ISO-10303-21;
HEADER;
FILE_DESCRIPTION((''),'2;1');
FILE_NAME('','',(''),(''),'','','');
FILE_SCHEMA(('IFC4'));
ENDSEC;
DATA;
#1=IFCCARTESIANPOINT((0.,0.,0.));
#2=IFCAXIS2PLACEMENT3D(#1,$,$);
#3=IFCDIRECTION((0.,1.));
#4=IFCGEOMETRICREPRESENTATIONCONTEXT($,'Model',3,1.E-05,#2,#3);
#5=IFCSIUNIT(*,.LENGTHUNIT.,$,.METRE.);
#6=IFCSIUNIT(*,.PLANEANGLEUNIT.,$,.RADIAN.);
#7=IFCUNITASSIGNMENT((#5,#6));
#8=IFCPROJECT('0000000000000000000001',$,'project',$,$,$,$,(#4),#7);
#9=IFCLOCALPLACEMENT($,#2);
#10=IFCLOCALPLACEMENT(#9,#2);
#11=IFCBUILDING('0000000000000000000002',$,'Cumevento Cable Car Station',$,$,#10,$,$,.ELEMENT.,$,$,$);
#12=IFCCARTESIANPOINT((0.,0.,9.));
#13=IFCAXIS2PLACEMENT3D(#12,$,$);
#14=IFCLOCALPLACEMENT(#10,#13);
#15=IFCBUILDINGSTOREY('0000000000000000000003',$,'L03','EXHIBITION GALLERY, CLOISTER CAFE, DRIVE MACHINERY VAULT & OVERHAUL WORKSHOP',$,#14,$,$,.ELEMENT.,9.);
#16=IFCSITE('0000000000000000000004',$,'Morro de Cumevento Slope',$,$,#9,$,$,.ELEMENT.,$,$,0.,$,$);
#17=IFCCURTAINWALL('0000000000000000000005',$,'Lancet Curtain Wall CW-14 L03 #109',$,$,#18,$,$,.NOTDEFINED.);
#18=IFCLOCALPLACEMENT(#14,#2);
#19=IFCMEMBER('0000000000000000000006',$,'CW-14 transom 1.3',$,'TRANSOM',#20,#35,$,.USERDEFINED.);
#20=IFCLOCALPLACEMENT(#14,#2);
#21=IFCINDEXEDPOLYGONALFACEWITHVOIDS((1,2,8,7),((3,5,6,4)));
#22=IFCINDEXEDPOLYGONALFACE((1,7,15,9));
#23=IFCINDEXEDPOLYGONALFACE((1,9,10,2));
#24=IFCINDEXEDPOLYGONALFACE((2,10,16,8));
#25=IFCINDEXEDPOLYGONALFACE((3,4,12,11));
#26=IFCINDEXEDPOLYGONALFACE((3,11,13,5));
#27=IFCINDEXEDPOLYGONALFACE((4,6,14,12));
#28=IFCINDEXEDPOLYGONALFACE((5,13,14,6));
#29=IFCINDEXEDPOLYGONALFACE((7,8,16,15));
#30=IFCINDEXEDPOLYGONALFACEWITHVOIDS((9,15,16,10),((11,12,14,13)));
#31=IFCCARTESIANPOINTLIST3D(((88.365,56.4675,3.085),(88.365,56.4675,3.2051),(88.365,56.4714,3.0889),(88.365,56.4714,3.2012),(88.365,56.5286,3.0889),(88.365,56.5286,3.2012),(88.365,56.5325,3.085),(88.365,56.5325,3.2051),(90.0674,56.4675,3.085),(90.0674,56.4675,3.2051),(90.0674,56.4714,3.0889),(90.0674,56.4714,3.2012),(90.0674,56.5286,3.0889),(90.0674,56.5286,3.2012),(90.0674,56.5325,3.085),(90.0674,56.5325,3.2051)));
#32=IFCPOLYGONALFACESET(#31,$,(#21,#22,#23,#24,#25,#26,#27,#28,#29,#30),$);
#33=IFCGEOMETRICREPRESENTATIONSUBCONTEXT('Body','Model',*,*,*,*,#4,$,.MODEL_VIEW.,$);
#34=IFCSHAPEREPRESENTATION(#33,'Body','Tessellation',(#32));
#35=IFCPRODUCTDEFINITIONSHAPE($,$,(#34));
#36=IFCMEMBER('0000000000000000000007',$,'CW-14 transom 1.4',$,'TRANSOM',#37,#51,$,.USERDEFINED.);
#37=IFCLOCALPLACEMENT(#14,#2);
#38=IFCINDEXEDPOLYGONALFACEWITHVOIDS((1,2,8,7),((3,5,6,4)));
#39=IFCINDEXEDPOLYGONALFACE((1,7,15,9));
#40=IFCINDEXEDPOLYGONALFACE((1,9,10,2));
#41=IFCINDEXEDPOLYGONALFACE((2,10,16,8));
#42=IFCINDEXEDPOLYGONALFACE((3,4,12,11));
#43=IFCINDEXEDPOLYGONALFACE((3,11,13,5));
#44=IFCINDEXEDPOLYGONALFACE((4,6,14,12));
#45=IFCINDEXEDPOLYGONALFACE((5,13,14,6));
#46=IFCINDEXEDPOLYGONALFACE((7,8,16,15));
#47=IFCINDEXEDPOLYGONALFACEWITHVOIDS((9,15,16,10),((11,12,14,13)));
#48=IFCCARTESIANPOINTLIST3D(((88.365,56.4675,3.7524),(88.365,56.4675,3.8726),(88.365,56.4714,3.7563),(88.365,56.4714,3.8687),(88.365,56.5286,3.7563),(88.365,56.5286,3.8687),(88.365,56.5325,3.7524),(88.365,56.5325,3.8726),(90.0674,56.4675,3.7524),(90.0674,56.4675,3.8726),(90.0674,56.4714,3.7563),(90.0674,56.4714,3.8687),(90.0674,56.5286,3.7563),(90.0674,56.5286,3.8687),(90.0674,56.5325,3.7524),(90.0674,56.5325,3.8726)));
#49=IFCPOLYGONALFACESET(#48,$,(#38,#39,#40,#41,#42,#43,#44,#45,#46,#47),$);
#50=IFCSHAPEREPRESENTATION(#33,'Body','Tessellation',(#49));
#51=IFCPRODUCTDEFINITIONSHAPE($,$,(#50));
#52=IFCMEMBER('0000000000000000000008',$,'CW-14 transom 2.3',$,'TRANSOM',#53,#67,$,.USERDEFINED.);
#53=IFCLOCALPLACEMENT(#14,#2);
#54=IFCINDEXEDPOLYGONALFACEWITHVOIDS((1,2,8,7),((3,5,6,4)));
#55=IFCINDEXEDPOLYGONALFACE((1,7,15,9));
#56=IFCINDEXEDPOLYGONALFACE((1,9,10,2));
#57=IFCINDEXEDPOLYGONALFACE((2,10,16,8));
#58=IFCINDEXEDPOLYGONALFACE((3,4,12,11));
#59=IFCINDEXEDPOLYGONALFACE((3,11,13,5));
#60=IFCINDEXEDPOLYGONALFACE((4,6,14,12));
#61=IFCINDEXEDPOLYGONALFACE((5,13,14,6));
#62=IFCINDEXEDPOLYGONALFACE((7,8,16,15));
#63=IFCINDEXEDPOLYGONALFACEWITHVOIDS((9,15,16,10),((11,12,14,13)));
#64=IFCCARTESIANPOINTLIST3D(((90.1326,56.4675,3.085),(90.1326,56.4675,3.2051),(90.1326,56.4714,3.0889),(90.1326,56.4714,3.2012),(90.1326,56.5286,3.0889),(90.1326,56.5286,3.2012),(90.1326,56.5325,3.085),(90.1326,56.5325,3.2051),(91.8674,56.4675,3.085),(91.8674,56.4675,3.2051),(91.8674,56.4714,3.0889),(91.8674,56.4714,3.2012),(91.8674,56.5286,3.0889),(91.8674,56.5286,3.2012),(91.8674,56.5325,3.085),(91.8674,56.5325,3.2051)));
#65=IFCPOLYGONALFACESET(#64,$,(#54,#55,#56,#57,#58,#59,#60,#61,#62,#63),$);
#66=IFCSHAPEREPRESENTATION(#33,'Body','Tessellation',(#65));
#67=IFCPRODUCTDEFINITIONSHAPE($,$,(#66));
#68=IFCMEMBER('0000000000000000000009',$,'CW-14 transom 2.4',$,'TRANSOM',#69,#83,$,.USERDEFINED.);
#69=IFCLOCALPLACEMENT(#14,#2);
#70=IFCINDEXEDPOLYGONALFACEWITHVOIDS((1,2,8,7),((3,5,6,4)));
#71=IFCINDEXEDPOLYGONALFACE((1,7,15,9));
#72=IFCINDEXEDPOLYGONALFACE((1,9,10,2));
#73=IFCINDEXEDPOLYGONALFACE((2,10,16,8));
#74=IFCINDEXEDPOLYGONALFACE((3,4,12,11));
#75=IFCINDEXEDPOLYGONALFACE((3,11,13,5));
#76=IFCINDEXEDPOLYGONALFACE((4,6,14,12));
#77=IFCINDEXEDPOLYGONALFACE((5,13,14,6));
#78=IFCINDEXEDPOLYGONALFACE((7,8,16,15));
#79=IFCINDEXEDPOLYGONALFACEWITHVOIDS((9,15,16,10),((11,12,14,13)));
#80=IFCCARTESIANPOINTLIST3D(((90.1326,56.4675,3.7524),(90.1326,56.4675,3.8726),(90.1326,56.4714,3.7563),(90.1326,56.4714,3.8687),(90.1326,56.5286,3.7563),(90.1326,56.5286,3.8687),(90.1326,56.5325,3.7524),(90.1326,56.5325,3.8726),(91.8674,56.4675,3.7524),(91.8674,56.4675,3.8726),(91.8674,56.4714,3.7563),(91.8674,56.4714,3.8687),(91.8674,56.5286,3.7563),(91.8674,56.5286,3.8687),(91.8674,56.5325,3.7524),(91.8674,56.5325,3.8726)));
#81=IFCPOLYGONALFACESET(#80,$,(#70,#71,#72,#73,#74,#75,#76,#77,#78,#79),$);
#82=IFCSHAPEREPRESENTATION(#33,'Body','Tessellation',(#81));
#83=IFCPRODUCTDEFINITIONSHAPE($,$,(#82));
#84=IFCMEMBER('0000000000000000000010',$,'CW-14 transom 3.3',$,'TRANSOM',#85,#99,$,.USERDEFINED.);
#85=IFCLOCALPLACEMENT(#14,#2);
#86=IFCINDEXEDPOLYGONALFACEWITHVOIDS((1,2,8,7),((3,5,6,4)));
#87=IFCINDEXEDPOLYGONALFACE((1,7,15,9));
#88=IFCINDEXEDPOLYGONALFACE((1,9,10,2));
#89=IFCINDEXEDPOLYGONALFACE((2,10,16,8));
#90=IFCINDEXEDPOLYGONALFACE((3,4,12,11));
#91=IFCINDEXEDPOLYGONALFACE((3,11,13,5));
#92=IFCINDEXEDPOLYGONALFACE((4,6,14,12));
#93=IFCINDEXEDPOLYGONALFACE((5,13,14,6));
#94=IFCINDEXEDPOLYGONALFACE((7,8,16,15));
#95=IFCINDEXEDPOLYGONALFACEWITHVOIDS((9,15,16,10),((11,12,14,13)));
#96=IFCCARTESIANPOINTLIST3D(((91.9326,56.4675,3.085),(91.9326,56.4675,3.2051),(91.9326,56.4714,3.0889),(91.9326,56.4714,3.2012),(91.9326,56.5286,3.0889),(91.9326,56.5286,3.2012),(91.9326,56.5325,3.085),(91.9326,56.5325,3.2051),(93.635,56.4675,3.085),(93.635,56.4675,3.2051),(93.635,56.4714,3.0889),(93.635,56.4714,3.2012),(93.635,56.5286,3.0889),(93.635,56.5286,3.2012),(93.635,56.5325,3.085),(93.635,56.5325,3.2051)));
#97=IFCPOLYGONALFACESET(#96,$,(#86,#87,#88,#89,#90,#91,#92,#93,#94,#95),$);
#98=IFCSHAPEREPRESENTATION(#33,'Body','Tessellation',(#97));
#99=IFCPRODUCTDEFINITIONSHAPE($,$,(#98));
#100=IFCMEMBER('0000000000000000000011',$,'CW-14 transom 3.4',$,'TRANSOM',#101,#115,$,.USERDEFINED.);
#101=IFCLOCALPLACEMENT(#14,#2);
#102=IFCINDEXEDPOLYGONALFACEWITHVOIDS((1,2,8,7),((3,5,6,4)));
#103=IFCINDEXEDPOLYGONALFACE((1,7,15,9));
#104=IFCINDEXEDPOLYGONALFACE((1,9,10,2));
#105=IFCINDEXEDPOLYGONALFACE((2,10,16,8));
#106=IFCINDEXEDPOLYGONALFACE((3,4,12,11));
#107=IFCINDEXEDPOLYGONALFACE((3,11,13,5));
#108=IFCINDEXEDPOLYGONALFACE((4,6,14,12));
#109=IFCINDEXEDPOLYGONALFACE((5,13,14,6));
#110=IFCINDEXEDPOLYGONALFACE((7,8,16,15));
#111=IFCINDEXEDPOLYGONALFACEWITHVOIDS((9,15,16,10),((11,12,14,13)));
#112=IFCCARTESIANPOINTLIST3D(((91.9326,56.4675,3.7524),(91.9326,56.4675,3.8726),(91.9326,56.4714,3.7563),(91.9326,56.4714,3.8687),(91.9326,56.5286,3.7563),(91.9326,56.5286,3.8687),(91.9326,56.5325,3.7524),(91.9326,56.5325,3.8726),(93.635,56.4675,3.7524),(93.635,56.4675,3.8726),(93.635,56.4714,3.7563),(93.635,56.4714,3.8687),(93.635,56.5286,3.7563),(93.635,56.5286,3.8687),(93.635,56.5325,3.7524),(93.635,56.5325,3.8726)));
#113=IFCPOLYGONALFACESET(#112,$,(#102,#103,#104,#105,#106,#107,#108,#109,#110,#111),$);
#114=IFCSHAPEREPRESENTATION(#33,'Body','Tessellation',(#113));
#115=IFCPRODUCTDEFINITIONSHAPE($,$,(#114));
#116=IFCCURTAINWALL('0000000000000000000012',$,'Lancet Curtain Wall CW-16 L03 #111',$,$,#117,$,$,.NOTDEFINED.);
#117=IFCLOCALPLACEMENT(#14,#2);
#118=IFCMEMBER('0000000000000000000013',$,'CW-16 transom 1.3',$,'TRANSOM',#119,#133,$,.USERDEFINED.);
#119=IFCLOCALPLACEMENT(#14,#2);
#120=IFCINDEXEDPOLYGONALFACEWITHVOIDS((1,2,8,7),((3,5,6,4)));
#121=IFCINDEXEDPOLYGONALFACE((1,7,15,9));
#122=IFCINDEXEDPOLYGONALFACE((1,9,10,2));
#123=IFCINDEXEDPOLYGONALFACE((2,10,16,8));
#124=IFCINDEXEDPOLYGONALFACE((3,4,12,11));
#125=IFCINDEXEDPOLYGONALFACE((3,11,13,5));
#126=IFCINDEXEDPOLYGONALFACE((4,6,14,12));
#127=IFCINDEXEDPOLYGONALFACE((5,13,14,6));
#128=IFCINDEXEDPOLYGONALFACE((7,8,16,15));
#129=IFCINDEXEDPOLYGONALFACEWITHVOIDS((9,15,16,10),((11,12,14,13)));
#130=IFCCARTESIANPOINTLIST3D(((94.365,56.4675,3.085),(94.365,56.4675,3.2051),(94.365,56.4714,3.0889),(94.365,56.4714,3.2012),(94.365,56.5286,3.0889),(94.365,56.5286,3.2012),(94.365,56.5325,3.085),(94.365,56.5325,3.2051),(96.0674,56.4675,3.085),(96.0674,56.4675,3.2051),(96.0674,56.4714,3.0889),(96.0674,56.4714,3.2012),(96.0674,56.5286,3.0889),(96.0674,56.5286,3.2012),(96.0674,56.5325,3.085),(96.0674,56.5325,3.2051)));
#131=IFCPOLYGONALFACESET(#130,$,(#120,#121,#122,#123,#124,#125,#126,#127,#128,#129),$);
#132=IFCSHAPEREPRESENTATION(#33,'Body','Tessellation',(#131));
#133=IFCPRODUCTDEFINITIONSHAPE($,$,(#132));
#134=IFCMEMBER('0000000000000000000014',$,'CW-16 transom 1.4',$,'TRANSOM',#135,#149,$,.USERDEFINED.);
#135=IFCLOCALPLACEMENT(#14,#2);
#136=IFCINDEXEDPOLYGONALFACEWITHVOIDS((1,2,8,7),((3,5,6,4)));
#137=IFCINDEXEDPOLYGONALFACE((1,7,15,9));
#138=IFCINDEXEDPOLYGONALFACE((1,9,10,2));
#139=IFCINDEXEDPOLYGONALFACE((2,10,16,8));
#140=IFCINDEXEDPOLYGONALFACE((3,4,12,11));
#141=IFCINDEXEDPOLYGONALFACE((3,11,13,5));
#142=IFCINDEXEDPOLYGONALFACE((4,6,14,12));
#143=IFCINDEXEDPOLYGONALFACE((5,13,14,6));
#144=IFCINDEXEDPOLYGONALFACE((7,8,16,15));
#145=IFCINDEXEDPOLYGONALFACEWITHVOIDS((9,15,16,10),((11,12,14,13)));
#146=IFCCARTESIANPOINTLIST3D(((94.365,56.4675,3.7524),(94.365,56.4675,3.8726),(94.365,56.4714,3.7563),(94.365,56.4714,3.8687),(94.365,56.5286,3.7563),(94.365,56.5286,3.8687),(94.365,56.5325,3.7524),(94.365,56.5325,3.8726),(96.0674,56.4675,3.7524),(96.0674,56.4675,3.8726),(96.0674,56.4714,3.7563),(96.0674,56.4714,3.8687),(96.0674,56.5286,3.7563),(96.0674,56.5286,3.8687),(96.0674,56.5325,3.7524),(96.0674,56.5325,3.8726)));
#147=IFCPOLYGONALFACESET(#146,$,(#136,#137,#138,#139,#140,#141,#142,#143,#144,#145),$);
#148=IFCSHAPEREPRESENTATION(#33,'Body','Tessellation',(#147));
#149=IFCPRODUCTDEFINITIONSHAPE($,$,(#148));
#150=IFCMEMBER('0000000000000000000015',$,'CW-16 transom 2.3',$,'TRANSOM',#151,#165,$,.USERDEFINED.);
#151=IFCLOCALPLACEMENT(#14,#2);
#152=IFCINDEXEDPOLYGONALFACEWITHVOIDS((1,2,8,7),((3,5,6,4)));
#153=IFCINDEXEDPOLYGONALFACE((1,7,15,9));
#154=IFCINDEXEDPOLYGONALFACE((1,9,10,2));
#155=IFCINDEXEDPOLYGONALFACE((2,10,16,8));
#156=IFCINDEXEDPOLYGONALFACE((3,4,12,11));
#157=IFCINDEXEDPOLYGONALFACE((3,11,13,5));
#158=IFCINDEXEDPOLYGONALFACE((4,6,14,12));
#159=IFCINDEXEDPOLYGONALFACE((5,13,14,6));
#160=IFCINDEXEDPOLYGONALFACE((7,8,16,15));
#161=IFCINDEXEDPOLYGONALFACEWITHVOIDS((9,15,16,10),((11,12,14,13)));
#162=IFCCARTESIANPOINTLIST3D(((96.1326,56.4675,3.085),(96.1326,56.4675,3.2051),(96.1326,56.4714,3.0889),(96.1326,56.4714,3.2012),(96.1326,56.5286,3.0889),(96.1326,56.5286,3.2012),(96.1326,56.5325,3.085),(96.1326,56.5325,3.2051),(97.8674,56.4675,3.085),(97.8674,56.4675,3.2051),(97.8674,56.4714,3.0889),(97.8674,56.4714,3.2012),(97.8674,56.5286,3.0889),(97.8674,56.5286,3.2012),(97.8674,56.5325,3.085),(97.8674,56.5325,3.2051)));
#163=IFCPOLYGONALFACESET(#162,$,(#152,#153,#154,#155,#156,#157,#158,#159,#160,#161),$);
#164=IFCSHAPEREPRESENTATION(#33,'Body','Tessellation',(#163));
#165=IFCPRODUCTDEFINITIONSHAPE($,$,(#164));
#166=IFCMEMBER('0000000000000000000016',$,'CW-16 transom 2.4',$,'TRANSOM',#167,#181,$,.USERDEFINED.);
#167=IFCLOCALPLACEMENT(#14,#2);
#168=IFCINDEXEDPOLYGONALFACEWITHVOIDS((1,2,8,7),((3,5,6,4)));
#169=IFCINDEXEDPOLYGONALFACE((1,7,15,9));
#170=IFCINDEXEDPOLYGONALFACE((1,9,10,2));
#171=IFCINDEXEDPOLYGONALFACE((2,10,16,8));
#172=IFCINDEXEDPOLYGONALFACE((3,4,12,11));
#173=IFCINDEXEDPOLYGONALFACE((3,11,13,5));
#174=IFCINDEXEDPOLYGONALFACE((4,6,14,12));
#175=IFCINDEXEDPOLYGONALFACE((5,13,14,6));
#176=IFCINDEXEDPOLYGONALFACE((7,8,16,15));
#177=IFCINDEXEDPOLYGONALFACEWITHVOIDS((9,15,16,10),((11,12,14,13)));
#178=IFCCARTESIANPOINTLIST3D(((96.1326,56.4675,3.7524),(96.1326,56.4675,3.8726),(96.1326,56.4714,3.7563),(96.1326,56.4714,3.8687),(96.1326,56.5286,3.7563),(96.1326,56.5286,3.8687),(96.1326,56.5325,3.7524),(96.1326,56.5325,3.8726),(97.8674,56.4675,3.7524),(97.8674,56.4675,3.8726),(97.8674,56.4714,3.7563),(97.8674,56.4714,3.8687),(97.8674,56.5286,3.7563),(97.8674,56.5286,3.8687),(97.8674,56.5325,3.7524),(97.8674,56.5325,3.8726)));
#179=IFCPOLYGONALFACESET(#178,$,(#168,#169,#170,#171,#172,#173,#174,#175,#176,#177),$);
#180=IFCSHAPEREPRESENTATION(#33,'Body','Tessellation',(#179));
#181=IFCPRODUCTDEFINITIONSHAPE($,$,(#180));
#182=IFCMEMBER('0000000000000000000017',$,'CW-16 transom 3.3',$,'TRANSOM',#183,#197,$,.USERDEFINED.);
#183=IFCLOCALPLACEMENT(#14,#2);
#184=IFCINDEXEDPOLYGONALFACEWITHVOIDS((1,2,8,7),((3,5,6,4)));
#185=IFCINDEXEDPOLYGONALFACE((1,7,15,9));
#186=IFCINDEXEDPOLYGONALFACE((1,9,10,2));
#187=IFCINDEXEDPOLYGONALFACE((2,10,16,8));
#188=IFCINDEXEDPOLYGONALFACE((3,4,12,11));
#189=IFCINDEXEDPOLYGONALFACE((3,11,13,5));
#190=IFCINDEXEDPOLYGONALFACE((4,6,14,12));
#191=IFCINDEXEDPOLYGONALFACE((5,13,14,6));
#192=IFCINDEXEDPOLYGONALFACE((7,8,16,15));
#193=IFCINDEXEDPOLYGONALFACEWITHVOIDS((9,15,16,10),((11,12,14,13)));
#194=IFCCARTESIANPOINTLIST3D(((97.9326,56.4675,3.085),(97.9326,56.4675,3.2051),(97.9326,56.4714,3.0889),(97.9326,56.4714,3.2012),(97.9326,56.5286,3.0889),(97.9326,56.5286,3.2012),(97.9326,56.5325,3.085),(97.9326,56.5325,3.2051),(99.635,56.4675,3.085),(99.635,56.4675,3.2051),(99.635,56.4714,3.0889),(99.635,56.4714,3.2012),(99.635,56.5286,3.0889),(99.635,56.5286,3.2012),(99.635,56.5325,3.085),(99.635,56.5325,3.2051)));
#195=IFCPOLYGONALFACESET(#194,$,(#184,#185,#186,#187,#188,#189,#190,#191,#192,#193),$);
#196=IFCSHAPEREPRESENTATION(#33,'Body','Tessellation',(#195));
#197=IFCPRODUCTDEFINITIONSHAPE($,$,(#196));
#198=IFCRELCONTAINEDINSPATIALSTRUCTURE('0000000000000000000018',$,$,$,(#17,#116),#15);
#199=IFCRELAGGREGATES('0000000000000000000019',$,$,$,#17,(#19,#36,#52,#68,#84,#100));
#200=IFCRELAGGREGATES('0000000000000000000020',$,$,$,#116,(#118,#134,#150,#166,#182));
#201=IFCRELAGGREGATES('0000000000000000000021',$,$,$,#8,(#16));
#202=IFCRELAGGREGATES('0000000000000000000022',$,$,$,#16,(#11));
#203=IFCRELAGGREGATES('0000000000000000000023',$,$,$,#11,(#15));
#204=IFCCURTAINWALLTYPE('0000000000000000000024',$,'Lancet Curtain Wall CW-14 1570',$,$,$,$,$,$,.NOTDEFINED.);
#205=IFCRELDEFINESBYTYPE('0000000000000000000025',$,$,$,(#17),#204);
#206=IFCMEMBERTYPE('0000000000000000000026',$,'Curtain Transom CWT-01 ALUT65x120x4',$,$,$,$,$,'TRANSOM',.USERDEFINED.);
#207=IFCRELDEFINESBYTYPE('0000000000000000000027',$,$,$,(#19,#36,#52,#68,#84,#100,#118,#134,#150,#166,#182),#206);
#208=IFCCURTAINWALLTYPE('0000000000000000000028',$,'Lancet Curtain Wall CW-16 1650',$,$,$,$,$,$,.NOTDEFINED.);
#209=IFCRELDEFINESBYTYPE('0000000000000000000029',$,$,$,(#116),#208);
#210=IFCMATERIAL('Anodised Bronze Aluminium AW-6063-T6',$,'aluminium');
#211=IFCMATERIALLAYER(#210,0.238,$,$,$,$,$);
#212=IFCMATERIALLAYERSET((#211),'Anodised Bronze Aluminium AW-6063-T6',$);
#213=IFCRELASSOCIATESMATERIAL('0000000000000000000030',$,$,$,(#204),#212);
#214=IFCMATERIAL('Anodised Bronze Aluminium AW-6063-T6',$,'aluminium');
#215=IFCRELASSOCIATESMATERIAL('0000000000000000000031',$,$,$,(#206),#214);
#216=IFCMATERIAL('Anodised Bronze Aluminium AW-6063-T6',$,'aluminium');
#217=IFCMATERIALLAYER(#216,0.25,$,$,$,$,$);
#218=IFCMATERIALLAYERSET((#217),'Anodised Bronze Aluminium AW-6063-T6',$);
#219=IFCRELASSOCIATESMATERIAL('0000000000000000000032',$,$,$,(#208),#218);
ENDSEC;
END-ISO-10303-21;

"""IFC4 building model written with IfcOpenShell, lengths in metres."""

from ifc_helpers import new_model, si_unit, direction, frame, origin, origin_2d, place, context, subcontext, project, spatial, hollow_rectangle, extrude, material, layer, layer_set, material_profile, profile_set, type_object, element, aggregate, save


model = new_model("IFC4")

# Units and contexts
model_context = context("Model", 3, precision=1e-05, world=origin(), true_north=direction((0.0, 1.0)))
body_context = subcontext(model_context, "Body", "Model", "MODEL_VIEW")
ifc_project = project(units=[si_unit("LENGTHUNIT", "METRE"), si_unit("PLANEANGLEUNIT", "RADIAN")], contexts=[model_context])

# Site, building, storey
site_placement = place(None, origin())
site = spatial("IfcSite", under=ifc_project, at=site_placement, Name="Morro de Cumevento Slope", CompositionType="ELEMENT", RefElevation=0.0)
building_placement = place(site_placement, origin())
building = spatial("IfcBuilding", under=site, at=building_placement, Name="Cumevento Cable Car Station", CompositionType="ELEMENT")
storey_placement = place(building_placement, frame((0.0, 0.0, 9.0)))
storey = spatial("IfcBuildingStorey", under=building, at=storey_placement, Name="L03", Description="EXHIBITION GALLERY, CLOISTER CAFE, DRIVE MACHINERY VAULT & OVERHAUL WORKSHOP", CompositionType="ELEMENT", Elevation=9.0)

# Curtain walls, members
ifc_material_1 = material(Name="Anodised Bronze Aluminium AW-6063-T6", Category="aluminium")
ifc_layer_1 = layer(ifc_material_1, 0.238)
ifc_layer_set_1 = layer_set([ifc_layer_1], Name="Anodised Bronze Aluminium AW-6063-T6")
curtain_wall_type_1 = type_object("IfcCurtainWallType", Name="Lancet Curtain Wall CW-14 1570", PredefinedType="NOTDEFINED", material=ifc_layer_set_1)
curtain_wall_1_placement = place(storey_placement, origin())
curtain_wall_1 = element("IfcCurtainWall", 1, at=curtain_wall_1_placement, inside=storey, type_object=curtain_wall_type_1, Name="Lancet Curtain Wall CW-14 L03 #109", PredefinedType="NOTDEFINED")
ifc_material_2 = material(Name="Anodised Bronze Aluminium AW-6063-T6", Category="aluminium")
ifc_material_profile_1 = material_profile(ifc_material_2, hollow_rectangle(XDim=0.0649, YDim=0.1201, WallThickness=0.0039, at=origin_2d()), Name="ALUT65x120x4")
ifc_profile_set_1 = profile_set([ifc_material_profile_1], Name="Anodised Bronze Aluminium AW-6063-T6")
member_type = type_object("IfcMemberType", Name="Curtain Transom CWT-01 ALUT65x120x4", ElementType="TRANSOM", PredefinedType="USERDEFINED", material=ifc_profile_set_1)
member_1_placement = place(storey_placement, frame((88.365, 56.5, 3.145), z_axis=(1.0, 0.0, 0.0), x_axis=(0.0, 1.0, 0.0)))
member_1 = element("IfcMember", 2, at=member_1_placement, type_object=member_type, Name="CW-14 transom 1.3", ObjectType="TRANSOM", PredefinedType="USERDEFINED", context=body_context, shape_type="SweptSolid", body=[
    extrude(hollow_rectangle(XDim=0.0649, YDim=0.1201, WallThickness=0.0039, at=origin_2d()), origin(), (0.0, 0.0, 1.0), 1.7024),
])
member_2_placement = place(storey_placement, frame((88.365, 56.5, 3.8125), z_axis=(1.0, 0.0, 0.0), x_axis=(0.0, 1.0, 0.0)))
member_2 = element("IfcMember", 3, at=member_2_placement, type_object=member_type, Name="CW-14 transom 1.4", ObjectType="TRANSOM", PredefinedType="USERDEFINED", context=body_context, shape_type="SweptSolid", body=[
    extrude(hollow_rectangle(XDim=0.0649, YDim=0.1201, WallThickness=0.0039, at=origin_2d()), origin(), (0.0, 0.0, 1.0), 1.7024),
])
member_3_placement = place(storey_placement, frame((90.1326, 56.5, 3.145), z_axis=(1.0, 0.0, 0.0), x_axis=(0.0, 1.0, 0.0)))
member_3 = element("IfcMember", 4, at=member_3_placement, type_object=member_type, Name="CW-14 transom 2.3", ObjectType="TRANSOM", PredefinedType="USERDEFINED", context=body_context, shape_type="SweptSolid", body=[
    extrude(hollow_rectangle(XDim=0.0649, YDim=0.1201, WallThickness=0.0039, at=origin_2d()), origin(), (0.0, 0.0, 1.0), 1.7349),
])
member_4_placement = place(storey_placement, frame((90.1326, 56.5, 3.8125), z_axis=(1.0, 0.0, 0.0), x_axis=(0.0, 1.0, 0.0)))
member_4 = element("IfcMember", 5, at=member_4_placement, type_object=member_type, Name="CW-14 transom 2.4", ObjectType="TRANSOM", PredefinedType="USERDEFINED", context=body_context, shape_type="SweptSolid", body=[
    extrude(hollow_rectangle(XDim=0.0649, YDim=0.1201, WallThickness=0.0039, at=origin_2d()), origin(), (0.0, 0.0, 1.0), 1.7349),
])
member_5_placement = place(storey_placement, frame((91.9326, 56.5, 3.145), z_axis=(1.0, 0.0, 0.0), x_axis=(0.0, 1.0, 0.0)))
member_5 = element("IfcMember", 6, at=member_5_placement, type_object=member_type, Name="CW-14 transom 3.3", ObjectType="TRANSOM", PredefinedType="USERDEFINED", context=body_context, shape_type="SweptSolid", body=[
    extrude(hollow_rectangle(XDim=0.0649, YDim=0.1201, WallThickness=0.0039, at=origin_2d()), origin(), (0.0, 0.0, 1.0), 1.7024),
])
member_6_placement = place(storey_placement, frame((91.9326, 56.5, 3.8125), z_axis=(1.0, 0.0, 0.0), x_axis=(0.0, 1.0, 0.0)))
member_6 = element("IfcMember", 7, at=member_6_placement, type_object=member_type, Name="CW-14 transom 3.4", ObjectType="TRANSOM", PredefinedType="USERDEFINED", context=body_context, shape_type="SweptSolid", body=[
    extrude(hollow_rectangle(XDim=0.0649, YDim=0.1201, WallThickness=0.0039, at=origin_2d()), origin(), (0.0, 0.0, 1.0), 1.7024),
])
ifc_material_3 = material(Name="Anodised Bronze Aluminium AW-6063-T6", Category="aluminium")
ifc_layer_2 = layer(ifc_material_3, 0.25)
ifc_layer_set_2 = layer_set([ifc_layer_2], Name="Anodised Bronze Aluminium AW-6063-T6")
curtain_wall_type_2 = type_object("IfcCurtainWallType", Name="Lancet Curtain Wall CW-16 1650", PredefinedType="NOTDEFINED", material=ifc_layer_set_2)
curtain_wall_2_placement = place(storey_placement, origin())
curtain_wall_2 = element("IfcCurtainWall", 8, at=curtain_wall_2_placement, inside=storey, type_object=curtain_wall_type_2, Name="Lancet Curtain Wall CW-16 L03 #111", PredefinedType="NOTDEFINED")
member_7_placement = place(storey_placement, frame((94.365, 56.5, 3.145), z_axis=(1.0, 0.0, 0.0), x_axis=(0.0, 1.0, 0.0)))
member_7 = element("IfcMember", 9, at=member_7_placement, type_object=member_type, Name="CW-16 transom 1.3", ObjectType="TRANSOM", PredefinedType="USERDEFINED", context=body_context, shape_type="SweptSolid", body=[
    extrude(hollow_rectangle(XDim=0.0649, YDim=0.1201, WallThickness=0.0039, at=origin_2d()), origin(), (0.0, 0.0, 1.0), 1.7024),
])
member_8_placement = place(storey_placement, frame((94.365, 56.5, 3.8125), z_axis=(1.0, 0.0, 0.0), x_axis=(0.0, 1.0, 0.0)))
member_8 = element("IfcMember", 10, at=member_8_placement, type_object=member_type, Name="CW-16 transom 1.4", ObjectType="TRANSOM", PredefinedType="USERDEFINED", context=body_context, shape_type="SweptSolid", body=[
    extrude(hollow_rectangle(XDim=0.0649, YDim=0.1201, WallThickness=0.0039, at=origin_2d()), origin(), (0.0, 0.0, 1.0), 1.7024),
])
member_9_placement = place(storey_placement, frame((96.1326, 56.5, 3.145), z_axis=(1.0, 0.0, 0.0), x_axis=(0.0, 1.0, 0.0)))
member_9 = element("IfcMember", 11, at=member_9_placement, type_object=member_type, Name="CW-16 transom 2.3", ObjectType="TRANSOM", PredefinedType="USERDEFINED", context=body_context, shape_type="SweptSolid", body=[
    extrude(hollow_rectangle(XDim=0.0649, YDim=0.1201, WallThickness=0.0039, at=origin_2d()), origin(), (0.0, 0.0, 1.0), 1.7349),
])
member_10_placement = place(storey_placement, frame((96.1326, 56.5, 3.8125), z_axis=(1.0, 0.0, 0.0), x_axis=(0.0, 1.0, 0.0)))
member_10 = element("IfcMember", 12, at=member_10_placement, type_object=member_type, Name="CW-16 transom 2.4", ObjectType="TRANSOM", PredefinedType="USERDEFINED", context=body_context, shape_type="SweptSolid", body=[
    extrude(hollow_rectangle(XDim=0.0649, YDim=0.1201, WallThickness=0.0039, at=origin_2d()), origin(), (0.0, 0.0, 1.0), 1.7349),
])
member_11_placement = place(storey_placement, frame((97.9326, 56.5, 3.145), z_axis=(1.0, 0.0, 0.0), x_axis=(0.0, 1.0, 0.0)))
member_11 = element("IfcMember", 13, at=member_11_placement, type_object=member_type, Name="CW-16 transom 3.3", ObjectType="TRANSOM", PredefinedType="USERDEFINED", context=body_context, shape_type="SweptSolid", body=[
    extrude(hollow_rectangle(XDim=0.0649, YDim=0.1201, WallThickness=0.0039, at=origin_2d()), origin(), (0.0, 0.0, 1.0), 1.7024),
])

aggregate(curtain_wall_1, [member_1, member_2, member_3, member_4, member_5, member_6])
aggregate(curtain_wall_2, [member_7, member_8, member_9, member_10, member_11])

save(model, "model.ifc")
